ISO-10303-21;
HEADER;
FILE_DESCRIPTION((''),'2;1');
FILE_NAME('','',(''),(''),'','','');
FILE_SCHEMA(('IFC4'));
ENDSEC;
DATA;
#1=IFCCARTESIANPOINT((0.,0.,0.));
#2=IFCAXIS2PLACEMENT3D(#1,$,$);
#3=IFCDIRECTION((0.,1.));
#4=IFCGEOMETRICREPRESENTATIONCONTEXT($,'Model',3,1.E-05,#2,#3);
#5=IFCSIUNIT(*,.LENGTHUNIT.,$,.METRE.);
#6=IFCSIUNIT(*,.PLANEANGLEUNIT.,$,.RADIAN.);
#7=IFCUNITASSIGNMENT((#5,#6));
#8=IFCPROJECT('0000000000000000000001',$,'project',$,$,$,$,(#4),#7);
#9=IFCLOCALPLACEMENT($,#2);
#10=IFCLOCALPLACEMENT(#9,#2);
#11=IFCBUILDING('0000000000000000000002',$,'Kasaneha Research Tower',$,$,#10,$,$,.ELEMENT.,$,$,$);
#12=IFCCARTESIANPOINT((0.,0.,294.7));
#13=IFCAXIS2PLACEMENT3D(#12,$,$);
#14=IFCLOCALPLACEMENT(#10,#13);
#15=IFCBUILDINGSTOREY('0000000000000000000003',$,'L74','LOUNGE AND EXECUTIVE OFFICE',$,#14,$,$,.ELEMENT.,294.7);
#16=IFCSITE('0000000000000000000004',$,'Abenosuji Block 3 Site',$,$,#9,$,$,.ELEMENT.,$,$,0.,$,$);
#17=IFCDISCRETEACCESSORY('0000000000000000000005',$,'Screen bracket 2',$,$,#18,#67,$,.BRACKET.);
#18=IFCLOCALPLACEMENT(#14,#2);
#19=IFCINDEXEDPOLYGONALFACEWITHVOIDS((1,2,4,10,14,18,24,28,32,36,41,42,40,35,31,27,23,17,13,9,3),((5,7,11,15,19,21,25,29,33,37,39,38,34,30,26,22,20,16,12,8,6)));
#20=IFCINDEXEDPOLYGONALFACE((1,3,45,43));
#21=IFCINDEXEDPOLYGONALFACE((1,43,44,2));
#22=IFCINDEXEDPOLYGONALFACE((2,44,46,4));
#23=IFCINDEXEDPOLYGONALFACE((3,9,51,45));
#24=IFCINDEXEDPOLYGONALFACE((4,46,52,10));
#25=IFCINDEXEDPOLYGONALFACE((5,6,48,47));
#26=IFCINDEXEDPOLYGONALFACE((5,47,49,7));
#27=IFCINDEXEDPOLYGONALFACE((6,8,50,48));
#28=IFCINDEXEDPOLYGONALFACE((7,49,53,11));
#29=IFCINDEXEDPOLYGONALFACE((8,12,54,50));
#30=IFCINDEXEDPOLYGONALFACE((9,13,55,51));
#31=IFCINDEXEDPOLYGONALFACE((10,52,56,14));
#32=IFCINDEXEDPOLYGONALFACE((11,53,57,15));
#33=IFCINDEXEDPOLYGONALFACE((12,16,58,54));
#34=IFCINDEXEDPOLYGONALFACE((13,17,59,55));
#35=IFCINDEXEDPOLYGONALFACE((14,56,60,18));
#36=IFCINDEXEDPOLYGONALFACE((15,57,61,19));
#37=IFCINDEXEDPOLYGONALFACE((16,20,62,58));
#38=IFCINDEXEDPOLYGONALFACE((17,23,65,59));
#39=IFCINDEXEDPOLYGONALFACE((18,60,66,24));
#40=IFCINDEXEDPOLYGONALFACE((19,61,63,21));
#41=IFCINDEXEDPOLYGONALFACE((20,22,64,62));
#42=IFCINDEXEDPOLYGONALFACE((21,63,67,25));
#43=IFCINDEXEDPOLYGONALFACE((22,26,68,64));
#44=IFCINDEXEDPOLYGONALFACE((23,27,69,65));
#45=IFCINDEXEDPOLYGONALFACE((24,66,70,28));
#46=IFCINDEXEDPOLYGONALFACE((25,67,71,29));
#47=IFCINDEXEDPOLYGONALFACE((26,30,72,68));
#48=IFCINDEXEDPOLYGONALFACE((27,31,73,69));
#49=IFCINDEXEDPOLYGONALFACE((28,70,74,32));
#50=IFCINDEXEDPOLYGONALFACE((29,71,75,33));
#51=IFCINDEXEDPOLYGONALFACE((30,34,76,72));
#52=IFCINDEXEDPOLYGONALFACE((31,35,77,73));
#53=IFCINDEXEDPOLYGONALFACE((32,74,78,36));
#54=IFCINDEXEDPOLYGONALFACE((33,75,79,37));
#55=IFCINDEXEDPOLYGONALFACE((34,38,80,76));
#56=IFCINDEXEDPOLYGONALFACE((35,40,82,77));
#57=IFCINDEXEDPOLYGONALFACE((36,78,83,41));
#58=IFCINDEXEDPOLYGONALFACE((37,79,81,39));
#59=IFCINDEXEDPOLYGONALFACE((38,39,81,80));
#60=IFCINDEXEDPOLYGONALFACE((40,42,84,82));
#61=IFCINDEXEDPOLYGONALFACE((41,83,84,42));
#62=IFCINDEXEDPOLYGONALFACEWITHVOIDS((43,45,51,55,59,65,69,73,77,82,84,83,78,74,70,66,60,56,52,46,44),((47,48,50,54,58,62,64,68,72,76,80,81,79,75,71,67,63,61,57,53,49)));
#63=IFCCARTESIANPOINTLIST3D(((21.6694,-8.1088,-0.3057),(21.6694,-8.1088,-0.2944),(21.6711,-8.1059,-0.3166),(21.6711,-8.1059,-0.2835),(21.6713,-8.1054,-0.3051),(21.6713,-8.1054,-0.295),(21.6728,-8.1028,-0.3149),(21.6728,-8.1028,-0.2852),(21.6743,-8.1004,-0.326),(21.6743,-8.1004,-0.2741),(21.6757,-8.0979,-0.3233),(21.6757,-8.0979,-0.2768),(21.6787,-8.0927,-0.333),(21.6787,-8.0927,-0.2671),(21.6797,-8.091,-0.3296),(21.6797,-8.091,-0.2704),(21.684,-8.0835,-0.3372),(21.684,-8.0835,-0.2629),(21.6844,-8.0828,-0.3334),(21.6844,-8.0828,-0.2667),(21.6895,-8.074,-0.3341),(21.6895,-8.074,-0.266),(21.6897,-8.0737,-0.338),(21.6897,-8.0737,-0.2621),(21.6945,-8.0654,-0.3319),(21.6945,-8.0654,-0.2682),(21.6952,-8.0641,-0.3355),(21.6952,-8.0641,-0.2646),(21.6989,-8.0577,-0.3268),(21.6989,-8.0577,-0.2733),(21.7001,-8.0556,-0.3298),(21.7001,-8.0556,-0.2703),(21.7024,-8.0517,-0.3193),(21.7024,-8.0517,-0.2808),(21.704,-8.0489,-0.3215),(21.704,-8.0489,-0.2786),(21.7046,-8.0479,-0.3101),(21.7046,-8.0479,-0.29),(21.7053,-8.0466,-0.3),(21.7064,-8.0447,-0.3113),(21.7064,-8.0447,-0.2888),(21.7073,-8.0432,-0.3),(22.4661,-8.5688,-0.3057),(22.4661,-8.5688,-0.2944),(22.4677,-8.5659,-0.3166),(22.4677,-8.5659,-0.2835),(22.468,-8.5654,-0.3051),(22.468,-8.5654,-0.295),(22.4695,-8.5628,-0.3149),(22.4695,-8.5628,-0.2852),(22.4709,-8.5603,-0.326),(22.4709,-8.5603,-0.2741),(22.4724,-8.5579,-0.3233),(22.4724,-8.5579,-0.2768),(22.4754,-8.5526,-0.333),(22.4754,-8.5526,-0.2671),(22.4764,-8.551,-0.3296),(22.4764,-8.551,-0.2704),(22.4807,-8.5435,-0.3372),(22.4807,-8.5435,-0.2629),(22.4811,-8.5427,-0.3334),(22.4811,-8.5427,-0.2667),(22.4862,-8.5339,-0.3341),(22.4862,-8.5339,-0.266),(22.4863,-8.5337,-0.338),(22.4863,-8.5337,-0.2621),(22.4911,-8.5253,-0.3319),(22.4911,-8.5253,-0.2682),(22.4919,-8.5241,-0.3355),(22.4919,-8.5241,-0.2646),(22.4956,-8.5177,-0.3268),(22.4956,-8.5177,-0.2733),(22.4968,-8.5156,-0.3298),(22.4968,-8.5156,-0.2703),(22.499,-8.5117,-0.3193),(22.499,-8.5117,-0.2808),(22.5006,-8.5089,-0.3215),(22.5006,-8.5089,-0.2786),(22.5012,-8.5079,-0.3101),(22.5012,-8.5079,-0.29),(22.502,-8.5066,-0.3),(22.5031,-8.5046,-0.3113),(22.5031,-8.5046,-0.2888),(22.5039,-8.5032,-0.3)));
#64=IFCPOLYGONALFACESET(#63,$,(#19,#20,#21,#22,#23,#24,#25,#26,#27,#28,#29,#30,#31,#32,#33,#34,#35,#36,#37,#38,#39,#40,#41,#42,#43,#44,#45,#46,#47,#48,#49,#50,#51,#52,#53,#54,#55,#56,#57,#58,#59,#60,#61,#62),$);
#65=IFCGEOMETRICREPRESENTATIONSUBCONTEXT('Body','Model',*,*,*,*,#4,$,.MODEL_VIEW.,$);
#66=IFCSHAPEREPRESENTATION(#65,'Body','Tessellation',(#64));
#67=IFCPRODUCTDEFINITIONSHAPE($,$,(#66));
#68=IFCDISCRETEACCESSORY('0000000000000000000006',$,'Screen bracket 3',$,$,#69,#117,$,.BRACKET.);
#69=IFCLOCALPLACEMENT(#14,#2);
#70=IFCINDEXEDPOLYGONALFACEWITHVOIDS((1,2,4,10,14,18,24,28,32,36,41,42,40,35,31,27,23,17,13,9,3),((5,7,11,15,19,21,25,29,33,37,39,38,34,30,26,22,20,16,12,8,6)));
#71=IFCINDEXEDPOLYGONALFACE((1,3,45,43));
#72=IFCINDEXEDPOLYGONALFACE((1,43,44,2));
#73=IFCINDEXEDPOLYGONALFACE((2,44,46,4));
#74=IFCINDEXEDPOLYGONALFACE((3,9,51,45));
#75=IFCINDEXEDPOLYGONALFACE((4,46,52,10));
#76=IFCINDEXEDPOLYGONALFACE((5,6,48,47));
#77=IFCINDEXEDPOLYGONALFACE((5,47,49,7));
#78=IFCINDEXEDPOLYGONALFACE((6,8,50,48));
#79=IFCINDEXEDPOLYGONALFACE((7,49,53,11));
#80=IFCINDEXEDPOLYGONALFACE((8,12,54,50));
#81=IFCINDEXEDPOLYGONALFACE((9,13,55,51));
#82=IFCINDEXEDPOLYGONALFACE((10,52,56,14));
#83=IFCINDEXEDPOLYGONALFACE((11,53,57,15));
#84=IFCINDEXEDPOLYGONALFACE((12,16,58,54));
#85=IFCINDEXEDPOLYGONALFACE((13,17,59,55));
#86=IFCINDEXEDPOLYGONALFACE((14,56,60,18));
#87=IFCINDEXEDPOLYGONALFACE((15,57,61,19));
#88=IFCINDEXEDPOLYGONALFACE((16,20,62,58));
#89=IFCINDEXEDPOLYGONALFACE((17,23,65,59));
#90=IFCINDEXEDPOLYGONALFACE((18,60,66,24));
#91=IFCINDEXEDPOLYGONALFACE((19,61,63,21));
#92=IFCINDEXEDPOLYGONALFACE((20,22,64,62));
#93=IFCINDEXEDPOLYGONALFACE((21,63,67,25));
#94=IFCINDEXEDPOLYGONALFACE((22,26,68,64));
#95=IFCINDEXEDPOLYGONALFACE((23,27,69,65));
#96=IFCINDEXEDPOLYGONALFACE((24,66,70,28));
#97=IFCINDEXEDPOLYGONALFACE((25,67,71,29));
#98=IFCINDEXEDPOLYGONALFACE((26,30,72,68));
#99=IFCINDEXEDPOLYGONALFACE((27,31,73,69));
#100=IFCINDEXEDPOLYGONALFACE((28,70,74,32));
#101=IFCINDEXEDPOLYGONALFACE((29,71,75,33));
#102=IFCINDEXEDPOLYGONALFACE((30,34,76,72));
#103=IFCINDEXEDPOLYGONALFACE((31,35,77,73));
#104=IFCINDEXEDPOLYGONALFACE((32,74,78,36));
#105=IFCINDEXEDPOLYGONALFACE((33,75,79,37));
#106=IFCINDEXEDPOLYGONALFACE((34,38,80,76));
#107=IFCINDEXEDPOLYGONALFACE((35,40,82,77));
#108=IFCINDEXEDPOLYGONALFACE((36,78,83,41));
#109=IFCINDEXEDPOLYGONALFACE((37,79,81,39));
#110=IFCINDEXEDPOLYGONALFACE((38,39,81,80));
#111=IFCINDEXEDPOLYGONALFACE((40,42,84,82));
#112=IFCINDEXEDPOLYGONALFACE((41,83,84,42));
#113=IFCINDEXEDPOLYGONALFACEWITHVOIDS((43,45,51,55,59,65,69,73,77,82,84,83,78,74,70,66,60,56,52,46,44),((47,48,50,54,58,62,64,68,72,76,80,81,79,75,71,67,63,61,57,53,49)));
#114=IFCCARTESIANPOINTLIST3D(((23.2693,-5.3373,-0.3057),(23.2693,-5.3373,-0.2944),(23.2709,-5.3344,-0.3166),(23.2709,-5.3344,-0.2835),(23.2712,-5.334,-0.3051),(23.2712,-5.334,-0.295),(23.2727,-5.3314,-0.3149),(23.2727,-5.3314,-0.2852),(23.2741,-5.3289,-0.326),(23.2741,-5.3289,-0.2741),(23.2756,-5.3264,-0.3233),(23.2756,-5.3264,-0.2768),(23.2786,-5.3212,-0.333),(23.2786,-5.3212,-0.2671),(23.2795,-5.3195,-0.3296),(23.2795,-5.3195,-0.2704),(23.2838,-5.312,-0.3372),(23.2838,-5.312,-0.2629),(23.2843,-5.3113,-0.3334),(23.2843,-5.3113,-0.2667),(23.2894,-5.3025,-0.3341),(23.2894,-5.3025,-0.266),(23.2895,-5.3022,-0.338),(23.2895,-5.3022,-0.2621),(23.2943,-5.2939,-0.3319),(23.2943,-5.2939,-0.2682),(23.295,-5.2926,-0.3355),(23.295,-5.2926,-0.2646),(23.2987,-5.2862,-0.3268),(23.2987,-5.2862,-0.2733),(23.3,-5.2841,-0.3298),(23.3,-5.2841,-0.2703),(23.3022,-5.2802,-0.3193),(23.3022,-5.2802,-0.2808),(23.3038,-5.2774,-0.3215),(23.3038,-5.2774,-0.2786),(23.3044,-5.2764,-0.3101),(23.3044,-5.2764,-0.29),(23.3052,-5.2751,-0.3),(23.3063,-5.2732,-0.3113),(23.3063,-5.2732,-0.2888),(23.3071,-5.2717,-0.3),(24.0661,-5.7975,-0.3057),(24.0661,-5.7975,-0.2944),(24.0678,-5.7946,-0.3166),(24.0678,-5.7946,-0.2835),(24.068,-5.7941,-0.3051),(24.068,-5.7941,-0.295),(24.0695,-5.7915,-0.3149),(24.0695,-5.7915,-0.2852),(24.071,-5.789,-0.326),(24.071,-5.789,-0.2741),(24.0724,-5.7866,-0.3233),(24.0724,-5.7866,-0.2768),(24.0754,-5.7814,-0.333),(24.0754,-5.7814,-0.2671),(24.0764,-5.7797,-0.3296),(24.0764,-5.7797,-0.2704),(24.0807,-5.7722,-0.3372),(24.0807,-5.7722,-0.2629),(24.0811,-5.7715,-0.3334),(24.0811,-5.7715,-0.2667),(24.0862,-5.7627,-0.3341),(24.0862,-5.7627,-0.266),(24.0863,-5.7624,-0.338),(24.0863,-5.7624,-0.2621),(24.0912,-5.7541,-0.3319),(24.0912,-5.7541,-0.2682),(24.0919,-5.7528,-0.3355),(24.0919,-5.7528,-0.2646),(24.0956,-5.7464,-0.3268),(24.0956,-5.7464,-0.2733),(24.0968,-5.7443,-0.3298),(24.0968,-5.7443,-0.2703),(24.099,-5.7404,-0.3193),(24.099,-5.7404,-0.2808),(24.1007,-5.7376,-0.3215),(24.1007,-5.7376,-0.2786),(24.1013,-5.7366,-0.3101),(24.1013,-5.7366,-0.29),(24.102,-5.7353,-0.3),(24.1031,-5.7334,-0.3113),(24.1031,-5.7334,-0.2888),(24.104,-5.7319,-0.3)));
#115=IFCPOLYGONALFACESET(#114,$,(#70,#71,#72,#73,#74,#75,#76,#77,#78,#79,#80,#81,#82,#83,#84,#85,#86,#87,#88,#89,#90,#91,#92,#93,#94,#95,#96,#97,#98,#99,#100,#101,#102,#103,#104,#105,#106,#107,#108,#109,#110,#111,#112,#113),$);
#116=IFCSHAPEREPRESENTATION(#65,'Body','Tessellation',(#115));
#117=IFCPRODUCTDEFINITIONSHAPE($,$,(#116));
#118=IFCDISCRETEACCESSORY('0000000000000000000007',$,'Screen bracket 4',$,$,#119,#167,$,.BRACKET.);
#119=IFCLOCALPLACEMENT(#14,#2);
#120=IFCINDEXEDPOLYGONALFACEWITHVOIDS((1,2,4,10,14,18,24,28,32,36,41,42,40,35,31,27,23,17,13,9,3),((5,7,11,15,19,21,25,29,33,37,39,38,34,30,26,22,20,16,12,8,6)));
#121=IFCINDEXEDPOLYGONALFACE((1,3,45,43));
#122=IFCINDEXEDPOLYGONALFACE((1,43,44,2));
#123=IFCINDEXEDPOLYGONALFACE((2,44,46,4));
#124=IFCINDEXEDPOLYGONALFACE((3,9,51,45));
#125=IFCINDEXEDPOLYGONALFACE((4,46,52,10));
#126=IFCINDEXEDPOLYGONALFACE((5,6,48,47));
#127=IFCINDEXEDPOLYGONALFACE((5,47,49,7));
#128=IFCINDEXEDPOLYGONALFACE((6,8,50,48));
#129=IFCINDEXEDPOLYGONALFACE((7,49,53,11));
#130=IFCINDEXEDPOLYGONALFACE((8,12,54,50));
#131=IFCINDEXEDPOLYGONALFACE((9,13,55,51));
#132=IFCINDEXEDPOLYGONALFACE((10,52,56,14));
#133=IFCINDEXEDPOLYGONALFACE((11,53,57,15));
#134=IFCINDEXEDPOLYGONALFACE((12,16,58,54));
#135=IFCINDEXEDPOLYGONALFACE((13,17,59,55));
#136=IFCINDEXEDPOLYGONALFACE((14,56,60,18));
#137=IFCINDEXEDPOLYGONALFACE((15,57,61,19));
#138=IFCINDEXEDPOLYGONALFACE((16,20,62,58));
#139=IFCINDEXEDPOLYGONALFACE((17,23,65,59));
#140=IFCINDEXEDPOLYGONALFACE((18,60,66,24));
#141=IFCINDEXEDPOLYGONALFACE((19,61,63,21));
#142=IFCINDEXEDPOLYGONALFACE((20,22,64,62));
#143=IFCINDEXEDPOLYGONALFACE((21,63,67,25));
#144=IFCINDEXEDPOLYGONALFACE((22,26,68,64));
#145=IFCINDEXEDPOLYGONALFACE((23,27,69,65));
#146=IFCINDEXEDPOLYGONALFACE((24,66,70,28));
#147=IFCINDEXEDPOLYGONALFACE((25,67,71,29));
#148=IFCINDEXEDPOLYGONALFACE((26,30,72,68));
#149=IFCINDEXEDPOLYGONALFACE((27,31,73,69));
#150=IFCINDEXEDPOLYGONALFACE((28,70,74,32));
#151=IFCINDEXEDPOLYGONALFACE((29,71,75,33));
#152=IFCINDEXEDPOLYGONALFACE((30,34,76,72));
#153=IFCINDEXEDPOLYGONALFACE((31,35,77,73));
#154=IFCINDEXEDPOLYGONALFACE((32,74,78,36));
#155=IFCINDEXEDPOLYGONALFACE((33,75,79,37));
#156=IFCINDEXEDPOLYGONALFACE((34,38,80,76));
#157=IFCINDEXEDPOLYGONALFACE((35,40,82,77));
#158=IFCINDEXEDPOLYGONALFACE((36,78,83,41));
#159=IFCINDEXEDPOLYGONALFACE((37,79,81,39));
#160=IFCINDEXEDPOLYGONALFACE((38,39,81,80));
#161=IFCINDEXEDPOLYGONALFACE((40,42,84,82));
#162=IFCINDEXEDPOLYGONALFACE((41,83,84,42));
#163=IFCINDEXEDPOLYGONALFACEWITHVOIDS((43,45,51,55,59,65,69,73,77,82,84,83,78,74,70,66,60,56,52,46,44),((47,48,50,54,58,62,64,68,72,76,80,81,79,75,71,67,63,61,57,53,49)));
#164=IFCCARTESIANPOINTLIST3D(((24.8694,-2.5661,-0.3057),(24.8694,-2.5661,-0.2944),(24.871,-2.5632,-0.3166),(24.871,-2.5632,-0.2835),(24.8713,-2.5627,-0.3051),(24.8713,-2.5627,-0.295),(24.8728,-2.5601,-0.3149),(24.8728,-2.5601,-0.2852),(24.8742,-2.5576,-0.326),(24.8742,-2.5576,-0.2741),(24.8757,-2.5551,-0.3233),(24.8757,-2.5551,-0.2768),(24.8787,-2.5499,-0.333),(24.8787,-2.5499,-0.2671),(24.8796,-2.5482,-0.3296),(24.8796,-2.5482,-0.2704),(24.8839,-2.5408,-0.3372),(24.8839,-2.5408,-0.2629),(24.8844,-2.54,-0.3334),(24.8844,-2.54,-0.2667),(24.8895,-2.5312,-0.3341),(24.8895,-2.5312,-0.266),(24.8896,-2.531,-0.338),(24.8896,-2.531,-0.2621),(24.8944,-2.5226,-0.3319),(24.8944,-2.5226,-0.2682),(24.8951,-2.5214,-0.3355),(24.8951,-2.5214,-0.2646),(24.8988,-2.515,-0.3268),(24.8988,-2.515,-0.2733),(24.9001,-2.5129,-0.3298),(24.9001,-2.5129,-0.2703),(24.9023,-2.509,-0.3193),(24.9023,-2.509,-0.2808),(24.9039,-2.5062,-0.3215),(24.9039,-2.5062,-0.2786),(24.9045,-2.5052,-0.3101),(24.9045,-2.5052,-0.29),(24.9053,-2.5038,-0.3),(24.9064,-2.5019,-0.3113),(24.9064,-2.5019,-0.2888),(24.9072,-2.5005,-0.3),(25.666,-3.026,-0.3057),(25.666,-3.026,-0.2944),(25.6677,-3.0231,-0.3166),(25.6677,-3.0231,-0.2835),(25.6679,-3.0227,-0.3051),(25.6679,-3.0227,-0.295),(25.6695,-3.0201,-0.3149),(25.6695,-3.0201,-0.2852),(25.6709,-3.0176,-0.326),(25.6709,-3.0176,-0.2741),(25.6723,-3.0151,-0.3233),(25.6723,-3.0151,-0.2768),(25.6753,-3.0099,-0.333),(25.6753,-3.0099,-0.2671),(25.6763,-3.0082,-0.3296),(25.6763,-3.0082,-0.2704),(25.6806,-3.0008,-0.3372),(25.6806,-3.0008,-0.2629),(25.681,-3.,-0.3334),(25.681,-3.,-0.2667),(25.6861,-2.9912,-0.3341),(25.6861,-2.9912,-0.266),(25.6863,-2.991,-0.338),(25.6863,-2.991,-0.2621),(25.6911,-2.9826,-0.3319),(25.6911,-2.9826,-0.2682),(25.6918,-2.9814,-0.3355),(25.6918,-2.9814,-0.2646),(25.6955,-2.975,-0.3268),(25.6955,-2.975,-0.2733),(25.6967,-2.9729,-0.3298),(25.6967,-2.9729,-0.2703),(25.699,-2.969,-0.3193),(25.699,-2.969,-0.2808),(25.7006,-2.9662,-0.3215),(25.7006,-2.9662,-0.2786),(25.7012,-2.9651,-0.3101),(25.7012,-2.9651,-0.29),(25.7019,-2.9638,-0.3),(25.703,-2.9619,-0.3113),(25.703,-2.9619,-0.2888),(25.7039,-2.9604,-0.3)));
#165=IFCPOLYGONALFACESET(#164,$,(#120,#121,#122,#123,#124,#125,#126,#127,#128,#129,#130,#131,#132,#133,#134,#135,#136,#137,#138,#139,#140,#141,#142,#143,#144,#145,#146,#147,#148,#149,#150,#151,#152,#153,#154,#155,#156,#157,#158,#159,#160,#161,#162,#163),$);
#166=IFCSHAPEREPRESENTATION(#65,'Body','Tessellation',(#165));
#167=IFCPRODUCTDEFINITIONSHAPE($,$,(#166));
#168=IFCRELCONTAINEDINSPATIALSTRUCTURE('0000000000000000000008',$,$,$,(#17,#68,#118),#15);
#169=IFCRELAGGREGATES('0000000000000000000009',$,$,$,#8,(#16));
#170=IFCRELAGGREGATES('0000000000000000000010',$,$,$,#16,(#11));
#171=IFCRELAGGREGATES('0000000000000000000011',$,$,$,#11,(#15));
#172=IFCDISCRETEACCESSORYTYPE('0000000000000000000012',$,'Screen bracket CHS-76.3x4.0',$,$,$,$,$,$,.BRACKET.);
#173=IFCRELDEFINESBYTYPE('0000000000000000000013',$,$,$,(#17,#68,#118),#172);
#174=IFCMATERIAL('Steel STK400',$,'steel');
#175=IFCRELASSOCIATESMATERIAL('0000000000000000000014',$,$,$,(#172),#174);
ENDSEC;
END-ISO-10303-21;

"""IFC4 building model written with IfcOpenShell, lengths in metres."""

from ifc_helpers import new_model, si_unit, direction, frame, origin, origin_2d, place, context, subcontext, project, spatial, hollow_circle, extrude, material, material_profile, profile_set, type_object, element, save


model = new_model("IFC4")

# Units and contexts
model_context = context("Model", 3, precision=1e-05, world=origin(), true_north=direction((0.0, 1.0)))
body_context = subcontext(model_context, "Body", "Model", "MODEL_VIEW")
ifc_project = project(units=[si_unit("LENGTHUNIT", "METRE"), si_unit("PLANEANGLEUNIT", "RADIAN")], contexts=[model_context])

# Site, building, storey
site_placement = place(None, origin())
site = spatial("IfcSite", under=ifc_project, at=site_placement, Name="Abenosuji Block 3 Site", CompositionType="ELEMENT", RefElevation=0.0)
building_placement = place(site_placement, origin())
building = spatial("IfcBuilding", under=site, at=building_placement, Name="Kasaneha Research Tower", CompositionType="ELEMENT")
storey_placement = place(building_placement, frame((0.0, 0.0, 294.7)))
storey = spatial("IfcBuildingStorey", under=building, at=storey_placement, Name="L74", Description="LOUNGE AND EXECUTIVE OFFICE", CompositionType="ELEMENT", Elevation=294.7)

# Discrete accessories
ifc_material_1 = material(Name="Steel STK400", Category="steel")
ifc_material_profile_1 = material_profile(ifc_material_1, hollow_circle(Radius=0.0381, WallThickness=0.0039, at=origin_2d()), Name="CHS-76.3x4.0")
ifc_profile_set_1 = profile_set([ifc_material_profile_1], Name="Steel STK400")
discrete_accessory_type = type_object("IfcDiscreteAccessoryType", Name="Screen bracket CHS-76.3x4.0", PredefinedType="BRACKET", material=ifc_profile_set_1)
discrete_accessory_1_placement = place(storey_placement, frame((21.6882, -8.0762, -0.3), z_axis=(0.866013, -0.500021, 0.0), x_axis=(0.500021, 0.866013, 0.0)))
element("IfcDiscreteAccessory", 1, at=discrete_accessory_1_placement, inside=storey, type_object=discrete_accessory_type, Name="Screen bracket 2", PredefinedType="BRACKET", context=body_context, shape_type="SweptSolid", body=[
    extrude(hollow_circle(Radius=0.0381, WallThickness=0.0039, at=origin_2d()), origin(), (0.0, 0.0, 1.0), 0.9199),
])
discrete_accessory_2_placement = place(storey_placement, frame((23.2881, -5.3047, -0.3), z_axis=(0.865965, -0.500105, 0.0), x_axis=(0.500105, 0.865965, 0.0)))
element("IfcDiscreteAccessory", 2, at=discrete_accessory_2_placement, inside=storey, type_object=discrete_accessory_type, Name="Screen bracket 3", PredefinedType="BRACKET", context=body_context, shape_type="SweptSolid", body=[
    extrude(hollow_circle(Radius=0.0381, WallThickness=0.0039, at=origin_2d()), origin(), (0.0, 0.0, 1.0), 0.9202),
])
for number, where, z_axis, x_axis, name in (
    (3, (24.8882, -2.5334, -0.3), (0.866013, -0.500021, 0.0), (0.500021, 0.866013, 0.0), "Screen bracket 4"),
):
    element("IfcDiscreteAccessory", number, at=place(storey_placement, frame(where, z_axis=z_axis, x_axis=x_axis)), inside=storey, type_object=discrete_accessory_type, Name=name, PredefinedType="BRACKET", context=body_context, shape_type="SweptSolid", body=[
        extrude(hollow_circle(Radius=0.0381, WallThickness=0.0039, at=origin_2d()), origin(), (0.0, 0.0, 1.0), 0.9199),
    ])

save(model, "model.ifc")
